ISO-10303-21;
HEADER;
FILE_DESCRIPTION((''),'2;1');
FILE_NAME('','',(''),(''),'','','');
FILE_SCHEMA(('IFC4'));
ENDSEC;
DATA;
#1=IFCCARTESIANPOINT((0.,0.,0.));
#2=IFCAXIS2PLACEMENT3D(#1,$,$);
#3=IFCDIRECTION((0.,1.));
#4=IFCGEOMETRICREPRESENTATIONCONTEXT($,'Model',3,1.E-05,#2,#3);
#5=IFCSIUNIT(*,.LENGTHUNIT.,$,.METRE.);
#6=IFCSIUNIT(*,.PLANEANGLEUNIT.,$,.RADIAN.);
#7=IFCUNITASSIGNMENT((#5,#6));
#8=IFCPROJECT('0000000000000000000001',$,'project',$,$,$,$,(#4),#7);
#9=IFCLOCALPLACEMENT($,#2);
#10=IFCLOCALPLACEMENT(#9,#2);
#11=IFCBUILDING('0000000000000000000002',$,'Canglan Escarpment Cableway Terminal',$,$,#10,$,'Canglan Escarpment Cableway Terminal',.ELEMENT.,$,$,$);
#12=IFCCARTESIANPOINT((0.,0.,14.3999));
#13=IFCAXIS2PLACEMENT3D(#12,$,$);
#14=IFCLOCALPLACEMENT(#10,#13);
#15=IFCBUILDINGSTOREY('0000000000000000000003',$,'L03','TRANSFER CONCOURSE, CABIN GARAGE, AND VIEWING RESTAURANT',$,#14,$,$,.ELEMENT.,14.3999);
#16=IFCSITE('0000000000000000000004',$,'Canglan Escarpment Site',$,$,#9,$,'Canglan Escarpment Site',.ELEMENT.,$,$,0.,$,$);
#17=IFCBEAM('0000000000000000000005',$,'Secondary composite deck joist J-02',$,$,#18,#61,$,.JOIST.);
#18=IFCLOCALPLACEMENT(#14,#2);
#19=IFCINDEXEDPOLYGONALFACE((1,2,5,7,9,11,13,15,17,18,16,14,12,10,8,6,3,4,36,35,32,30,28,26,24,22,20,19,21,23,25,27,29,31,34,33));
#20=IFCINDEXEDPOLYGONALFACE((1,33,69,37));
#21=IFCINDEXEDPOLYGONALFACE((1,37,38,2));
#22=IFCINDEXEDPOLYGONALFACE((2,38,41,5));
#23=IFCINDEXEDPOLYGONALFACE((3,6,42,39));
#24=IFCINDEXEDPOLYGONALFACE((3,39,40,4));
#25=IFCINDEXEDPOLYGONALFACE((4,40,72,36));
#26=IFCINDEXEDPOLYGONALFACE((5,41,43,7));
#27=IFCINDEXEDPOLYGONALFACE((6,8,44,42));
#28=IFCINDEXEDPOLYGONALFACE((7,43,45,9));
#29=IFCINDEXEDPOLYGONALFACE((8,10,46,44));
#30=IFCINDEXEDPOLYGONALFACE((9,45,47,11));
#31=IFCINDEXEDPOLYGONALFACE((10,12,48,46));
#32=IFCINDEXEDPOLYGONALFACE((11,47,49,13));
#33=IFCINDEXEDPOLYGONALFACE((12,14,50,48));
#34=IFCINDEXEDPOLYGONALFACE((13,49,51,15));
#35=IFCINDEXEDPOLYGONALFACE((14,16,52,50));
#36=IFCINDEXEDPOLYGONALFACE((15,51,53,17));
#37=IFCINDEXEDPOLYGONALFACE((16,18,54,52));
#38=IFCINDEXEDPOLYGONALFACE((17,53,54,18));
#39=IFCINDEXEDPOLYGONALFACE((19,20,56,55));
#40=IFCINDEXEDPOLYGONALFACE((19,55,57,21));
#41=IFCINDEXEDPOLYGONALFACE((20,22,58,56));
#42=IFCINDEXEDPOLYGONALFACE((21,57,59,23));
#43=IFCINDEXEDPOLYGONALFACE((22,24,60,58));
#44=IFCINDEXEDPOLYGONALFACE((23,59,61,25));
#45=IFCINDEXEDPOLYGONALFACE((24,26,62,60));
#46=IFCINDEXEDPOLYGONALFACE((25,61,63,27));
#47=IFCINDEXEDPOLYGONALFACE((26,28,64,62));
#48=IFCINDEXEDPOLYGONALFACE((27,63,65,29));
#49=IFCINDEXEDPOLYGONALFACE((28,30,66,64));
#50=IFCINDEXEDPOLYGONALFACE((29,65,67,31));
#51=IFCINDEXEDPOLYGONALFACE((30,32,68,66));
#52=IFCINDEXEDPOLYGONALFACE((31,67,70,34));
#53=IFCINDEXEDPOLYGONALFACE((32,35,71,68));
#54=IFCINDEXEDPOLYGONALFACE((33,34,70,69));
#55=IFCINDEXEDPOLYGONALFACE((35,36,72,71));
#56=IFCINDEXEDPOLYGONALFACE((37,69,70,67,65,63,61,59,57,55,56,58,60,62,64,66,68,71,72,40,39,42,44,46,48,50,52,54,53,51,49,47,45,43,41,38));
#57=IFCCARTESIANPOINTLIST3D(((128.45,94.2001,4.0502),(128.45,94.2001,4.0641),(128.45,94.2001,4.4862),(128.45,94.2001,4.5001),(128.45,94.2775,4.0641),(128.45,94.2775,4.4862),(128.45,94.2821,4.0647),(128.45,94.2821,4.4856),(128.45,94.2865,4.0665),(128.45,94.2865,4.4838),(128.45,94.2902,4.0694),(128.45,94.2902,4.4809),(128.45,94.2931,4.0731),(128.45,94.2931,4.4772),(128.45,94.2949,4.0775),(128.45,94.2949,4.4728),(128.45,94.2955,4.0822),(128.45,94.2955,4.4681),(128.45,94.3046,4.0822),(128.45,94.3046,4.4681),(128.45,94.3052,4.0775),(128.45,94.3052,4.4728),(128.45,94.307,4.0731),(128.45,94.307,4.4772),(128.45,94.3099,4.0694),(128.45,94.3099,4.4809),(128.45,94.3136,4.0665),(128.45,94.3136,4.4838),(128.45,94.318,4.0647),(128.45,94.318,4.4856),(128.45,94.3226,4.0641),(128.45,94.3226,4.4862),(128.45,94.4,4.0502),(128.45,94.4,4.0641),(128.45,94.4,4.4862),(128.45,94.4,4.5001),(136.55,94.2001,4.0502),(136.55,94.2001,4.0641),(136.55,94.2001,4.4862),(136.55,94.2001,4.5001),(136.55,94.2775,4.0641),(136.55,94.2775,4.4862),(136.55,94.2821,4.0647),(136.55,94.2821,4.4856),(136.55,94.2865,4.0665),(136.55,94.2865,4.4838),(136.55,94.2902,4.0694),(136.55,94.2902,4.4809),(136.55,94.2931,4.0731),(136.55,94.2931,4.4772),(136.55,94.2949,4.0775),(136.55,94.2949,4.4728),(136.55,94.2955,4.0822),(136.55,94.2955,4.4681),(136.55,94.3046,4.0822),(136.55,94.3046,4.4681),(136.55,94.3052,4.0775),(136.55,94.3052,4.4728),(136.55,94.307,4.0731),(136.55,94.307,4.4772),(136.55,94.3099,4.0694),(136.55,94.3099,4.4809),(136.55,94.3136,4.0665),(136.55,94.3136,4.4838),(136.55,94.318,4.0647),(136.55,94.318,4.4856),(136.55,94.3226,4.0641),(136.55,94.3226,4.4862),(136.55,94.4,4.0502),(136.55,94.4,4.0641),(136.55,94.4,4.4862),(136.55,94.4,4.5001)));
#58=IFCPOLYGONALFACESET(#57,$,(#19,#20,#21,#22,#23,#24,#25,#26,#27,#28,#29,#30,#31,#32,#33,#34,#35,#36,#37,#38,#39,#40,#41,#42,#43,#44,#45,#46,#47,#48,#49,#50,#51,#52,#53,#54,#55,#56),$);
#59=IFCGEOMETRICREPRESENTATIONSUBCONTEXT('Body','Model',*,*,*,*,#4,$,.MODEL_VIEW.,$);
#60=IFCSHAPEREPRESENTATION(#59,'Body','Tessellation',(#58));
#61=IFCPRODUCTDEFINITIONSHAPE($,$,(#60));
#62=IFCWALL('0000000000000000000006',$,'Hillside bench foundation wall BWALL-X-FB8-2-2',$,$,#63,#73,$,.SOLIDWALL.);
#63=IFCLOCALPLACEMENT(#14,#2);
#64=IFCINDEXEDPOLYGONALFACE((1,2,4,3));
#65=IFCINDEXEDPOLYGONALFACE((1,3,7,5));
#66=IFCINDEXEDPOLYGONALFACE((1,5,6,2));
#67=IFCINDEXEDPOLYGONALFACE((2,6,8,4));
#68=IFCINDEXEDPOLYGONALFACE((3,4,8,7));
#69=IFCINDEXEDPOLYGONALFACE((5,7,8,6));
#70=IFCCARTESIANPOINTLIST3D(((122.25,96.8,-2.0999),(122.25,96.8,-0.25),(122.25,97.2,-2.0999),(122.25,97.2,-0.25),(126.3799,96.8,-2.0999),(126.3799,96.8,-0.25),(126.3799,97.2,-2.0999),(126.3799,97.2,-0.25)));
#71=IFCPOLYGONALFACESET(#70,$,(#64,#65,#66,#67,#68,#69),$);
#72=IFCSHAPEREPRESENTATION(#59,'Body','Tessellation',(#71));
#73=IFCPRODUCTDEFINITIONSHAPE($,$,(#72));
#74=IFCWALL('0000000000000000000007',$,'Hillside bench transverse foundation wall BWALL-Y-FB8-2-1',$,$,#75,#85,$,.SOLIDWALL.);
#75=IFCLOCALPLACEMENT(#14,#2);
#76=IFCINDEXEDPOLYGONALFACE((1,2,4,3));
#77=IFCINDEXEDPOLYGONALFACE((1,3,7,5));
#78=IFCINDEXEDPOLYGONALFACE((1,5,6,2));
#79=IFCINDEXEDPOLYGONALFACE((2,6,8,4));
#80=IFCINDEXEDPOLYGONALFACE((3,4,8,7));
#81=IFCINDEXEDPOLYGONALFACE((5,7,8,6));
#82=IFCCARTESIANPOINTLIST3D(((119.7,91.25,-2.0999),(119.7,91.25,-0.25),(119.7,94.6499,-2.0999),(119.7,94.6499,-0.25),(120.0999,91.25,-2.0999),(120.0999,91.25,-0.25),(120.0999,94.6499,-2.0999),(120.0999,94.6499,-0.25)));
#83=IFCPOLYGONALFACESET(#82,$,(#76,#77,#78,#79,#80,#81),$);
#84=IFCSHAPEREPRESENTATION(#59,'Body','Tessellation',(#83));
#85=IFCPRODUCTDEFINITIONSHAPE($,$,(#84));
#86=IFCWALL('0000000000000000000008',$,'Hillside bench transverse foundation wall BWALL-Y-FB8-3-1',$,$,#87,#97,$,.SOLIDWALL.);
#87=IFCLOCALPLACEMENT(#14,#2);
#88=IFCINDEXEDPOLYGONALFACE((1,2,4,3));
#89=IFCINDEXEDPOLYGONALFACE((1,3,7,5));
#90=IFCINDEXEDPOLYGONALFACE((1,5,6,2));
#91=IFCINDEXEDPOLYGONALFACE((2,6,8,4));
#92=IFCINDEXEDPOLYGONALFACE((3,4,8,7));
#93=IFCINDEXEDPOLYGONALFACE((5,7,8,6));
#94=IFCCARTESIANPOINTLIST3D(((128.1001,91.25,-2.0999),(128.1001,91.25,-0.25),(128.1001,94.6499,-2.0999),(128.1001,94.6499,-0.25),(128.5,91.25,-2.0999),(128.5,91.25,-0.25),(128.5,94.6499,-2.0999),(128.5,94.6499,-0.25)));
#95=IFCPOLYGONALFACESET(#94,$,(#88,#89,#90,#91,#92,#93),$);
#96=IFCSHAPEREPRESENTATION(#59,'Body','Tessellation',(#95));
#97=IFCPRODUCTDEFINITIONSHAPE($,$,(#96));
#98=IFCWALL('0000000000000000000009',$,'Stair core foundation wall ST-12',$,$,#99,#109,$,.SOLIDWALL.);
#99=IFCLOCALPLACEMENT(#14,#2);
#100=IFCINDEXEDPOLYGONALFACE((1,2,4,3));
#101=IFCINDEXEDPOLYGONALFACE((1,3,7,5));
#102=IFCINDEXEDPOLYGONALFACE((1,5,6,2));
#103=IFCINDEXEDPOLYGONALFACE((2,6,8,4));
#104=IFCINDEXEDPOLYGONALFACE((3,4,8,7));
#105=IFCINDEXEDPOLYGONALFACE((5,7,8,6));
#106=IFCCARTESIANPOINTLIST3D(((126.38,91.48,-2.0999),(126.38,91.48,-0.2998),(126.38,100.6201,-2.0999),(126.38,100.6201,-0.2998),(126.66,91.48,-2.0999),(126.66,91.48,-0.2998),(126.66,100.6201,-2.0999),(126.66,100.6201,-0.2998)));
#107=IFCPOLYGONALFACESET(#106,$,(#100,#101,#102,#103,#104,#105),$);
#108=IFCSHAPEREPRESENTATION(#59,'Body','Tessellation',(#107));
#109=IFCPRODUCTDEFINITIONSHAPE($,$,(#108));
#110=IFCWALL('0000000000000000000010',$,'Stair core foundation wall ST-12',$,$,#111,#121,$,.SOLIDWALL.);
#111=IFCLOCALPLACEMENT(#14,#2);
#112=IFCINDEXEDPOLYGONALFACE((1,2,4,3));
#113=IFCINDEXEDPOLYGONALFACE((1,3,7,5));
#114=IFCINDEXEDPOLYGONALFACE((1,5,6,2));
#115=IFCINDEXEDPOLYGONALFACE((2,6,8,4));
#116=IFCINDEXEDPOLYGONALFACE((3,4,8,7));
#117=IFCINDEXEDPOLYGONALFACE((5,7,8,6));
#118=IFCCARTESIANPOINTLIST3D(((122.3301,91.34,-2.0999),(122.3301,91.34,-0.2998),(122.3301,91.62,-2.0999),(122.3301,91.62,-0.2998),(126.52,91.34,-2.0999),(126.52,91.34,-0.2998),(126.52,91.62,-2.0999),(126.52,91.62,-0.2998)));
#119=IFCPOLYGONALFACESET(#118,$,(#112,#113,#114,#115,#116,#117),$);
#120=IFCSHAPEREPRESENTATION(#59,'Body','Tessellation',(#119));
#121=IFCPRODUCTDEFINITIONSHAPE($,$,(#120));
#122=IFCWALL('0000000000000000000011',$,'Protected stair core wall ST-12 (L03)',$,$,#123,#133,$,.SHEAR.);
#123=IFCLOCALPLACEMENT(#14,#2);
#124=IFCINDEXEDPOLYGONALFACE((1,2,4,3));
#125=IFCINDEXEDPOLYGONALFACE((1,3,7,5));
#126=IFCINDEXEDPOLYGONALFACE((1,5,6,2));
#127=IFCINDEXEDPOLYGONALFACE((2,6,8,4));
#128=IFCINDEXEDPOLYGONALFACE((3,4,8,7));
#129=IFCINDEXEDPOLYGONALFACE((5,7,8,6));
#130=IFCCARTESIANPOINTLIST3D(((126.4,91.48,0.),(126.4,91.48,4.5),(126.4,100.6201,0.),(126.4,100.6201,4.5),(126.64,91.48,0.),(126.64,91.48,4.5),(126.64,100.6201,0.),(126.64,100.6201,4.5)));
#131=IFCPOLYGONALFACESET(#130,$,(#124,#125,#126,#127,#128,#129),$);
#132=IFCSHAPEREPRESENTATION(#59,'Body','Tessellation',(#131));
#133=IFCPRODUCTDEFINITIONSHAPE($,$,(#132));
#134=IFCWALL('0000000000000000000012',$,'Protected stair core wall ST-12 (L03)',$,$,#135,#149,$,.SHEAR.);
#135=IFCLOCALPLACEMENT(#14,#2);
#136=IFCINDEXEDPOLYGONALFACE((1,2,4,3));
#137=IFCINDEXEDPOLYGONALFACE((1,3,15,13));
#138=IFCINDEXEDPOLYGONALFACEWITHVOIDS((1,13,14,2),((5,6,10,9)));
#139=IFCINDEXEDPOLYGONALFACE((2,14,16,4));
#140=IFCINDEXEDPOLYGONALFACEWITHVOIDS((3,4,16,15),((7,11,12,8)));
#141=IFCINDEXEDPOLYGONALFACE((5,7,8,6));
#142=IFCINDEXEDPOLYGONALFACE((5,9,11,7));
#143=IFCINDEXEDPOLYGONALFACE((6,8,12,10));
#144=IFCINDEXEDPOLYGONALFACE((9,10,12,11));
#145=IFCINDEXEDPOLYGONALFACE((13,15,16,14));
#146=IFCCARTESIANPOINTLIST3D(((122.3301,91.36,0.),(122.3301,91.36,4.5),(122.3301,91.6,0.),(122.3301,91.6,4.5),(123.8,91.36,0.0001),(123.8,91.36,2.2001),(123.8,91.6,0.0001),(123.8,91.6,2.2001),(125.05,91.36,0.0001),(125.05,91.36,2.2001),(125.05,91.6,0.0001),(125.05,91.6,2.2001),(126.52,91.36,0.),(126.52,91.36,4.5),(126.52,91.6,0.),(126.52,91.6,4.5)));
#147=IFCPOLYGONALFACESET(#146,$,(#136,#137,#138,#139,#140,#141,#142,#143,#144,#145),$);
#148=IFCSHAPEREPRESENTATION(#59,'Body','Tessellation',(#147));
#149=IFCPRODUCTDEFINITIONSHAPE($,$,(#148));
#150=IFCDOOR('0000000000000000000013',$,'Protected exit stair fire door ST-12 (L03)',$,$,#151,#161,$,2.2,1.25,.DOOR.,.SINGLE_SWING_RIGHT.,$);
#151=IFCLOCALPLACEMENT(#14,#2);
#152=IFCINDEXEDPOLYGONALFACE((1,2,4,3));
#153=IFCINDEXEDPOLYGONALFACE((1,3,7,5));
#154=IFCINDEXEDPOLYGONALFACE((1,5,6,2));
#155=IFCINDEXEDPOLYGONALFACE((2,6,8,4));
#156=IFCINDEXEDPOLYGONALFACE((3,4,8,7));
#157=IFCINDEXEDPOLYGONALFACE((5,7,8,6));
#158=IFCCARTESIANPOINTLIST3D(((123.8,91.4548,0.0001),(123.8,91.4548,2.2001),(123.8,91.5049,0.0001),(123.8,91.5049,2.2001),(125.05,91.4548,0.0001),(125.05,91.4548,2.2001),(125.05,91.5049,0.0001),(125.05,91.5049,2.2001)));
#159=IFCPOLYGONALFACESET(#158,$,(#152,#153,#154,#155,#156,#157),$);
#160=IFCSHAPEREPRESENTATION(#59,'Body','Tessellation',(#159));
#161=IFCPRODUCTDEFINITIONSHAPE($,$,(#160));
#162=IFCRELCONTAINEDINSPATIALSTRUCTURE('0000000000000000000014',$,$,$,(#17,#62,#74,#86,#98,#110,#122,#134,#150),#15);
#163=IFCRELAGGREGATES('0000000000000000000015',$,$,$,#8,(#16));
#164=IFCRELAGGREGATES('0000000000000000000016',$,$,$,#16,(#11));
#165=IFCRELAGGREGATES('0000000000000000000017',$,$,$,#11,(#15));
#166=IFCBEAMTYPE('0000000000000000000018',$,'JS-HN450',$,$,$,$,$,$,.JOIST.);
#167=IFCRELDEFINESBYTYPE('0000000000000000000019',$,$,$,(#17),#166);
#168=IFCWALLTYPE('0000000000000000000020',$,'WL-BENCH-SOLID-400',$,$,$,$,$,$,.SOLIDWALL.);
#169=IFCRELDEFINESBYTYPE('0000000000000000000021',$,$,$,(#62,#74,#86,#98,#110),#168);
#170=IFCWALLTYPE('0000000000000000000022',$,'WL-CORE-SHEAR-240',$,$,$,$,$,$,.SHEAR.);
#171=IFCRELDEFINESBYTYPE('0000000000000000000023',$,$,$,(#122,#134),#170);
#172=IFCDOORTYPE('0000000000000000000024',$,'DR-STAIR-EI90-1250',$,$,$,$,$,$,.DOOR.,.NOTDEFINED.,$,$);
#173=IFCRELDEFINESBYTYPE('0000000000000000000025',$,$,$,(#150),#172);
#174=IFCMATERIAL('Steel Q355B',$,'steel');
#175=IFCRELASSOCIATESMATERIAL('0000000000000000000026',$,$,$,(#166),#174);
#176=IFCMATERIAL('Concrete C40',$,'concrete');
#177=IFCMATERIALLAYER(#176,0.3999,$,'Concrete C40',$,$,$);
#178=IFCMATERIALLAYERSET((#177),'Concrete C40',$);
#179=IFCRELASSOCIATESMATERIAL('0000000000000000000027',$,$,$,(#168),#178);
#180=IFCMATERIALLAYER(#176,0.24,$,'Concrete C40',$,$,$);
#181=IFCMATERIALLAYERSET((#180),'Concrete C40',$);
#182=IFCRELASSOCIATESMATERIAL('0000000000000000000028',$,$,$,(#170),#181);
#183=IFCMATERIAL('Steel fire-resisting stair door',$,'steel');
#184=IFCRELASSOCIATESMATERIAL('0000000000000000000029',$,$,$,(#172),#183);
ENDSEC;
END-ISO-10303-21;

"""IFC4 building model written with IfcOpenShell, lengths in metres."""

from ifc_helpers import new_model, si_unit, direction, frame, frame_2d, origin, origin_2d, place, context, subcontext, project, spatial, rectangle, i_section, extrude, material, layer, layer_set, material_profile, profile_set, type_object, element, fill, save


model = new_model("IFC4")

# Units and contexts
model_context = context("Model", 3, precision=1e-05, world=origin(), true_north=direction((0.0, 1.0)))
body_context = subcontext(model_context, "Body", "Model", "MODEL_VIEW")
ifc_project = project(units=[si_unit("LENGTHUNIT", "METRE"), si_unit("PLANEANGLEUNIT", "RADIAN")], contexts=[model_context])

# Site, building, storey
site_placement = place(None, origin())
site = spatial("IfcSite", under=ifc_project, at=site_placement, Name="Canglan Escarpment Site", LongName="Canglan Escarpment Site", CompositionType="ELEMENT", RefElevation=0.0)
building_placement = place(site_placement, origin())
building = spatial("IfcBuilding", under=site, at=building_placement, Name="Canglan Escarpment Cableway Terminal", LongName="Canglan Escarpment Cableway Terminal", CompositionType="ELEMENT")
storey_placement = place(building_placement, frame((0.0, 0.0, 14.3999)))
storey = spatial("IfcBuildingStorey", under=building, at=storey_placement, Name="L03", Description="TRANSFER CONCOURSE, CABIN GARAGE, AND VIEWING RESTAURANT", CompositionType="ELEMENT", Elevation=14.3999)

# Shared definitions
ifc_material_1 = material(Name="Concrete C40", Category="concrete")

# Beam
ifc_material_2 = material(Name="Steel Q355B", Category="steel")
ifc_material_profile_1 = material_profile(ifc_material_2, i_section(OverallWidth=0.2, OverallDepth=0.45, WebThickness=0.009, FlangeThickness=0.0139, FilletRadius=0.0181, at=origin_2d()), Name="HN 450x200x9x14")
ifc_profile_set_1 = profile_set([ifc_material_profile_1], Name="Steel Q355B")
beam_type_1 = type_object("IfcBeamType", Name="JS-HN450", PredefinedType="JOIST", material=ifc_profile_set_1)
beam_1_placement = place(storey_placement, frame((128.45, 94.3, 4.2751), z_axis=(1.0, 0.0, 0.0), x_axis=(0.0, 1.0, 0.0)))
element("IfcBeam", 1, at=beam_1_placement, inside=storey, type_object=beam_type_1, Name="Secondary composite deck joist J-02", PredefinedType="JOIST", context=body_context, shape_type="SweptSolid", body=[
    extrude(i_section(OverallWidth=0.2, OverallDepth=0.45, WebThickness=0.009, FlangeThickness=0.0139, FilletRadius=0.0181, at=origin_2d()), origin(), (0.0, 0.0, 1.0), 8.1001),
])

# Walls
ifc_layer_1 = layer(ifc_material_1, 0.3999, Name="Concrete C40")
ifc_layer_set_1 = layer_set([ifc_layer_1], Name="Concrete C40")
wall_type_1 = type_object("IfcWallType", Name="WL-BENCH-SOLID-400", PredefinedType="SOLIDWALL", material=ifc_layer_set_1)
wall_1_placement = place(storey_placement, frame((122.25, 97.0, -2.0999), z_axis=(0.0, 0.0, 1.0), x_axis=(1.0, 0.0, 0.0)))
element("IfcWall", 2, at=wall_1_placement, inside=storey, type_object=wall_type_1, Name="Hillside bench foundation wall BWALL-X-FB8-2-2", PredefinedType="SOLIDWALL", context=body_context, shape_type="SweptSolid", body=[
    extrude(rectangle(XDim=4.1299, YDim=0.3999, at=frame_2d((2.0649, 0.0))), origin(), (0.0, 0.0, 1.0), 1.8499),
])
for number, where, z_axis, x_axis, name in (
    (3, (119.8999, 91.25, -2.0999), (0.0, 0.0, 1.0), (0.0, 1.0, 0.0), "Hillside bench transverse foundation wall BWALL-Y-FB8-2-1"),
    (4, (128.3, 91.25, -2.0999), (0.0, 0.0, 1.0), (0.0, 1.0, 0.0), "Hillside bench transverse foundation wall BWALL-Y-FB8-3-1"),
):
    element("IfcWall", number, at=place(storey_placement, frame(where, z_axis=z_axis, x_axis=x_axis)), inside=storey, type_object=wall_type_1, Name=name, PredefinedType="SOLIDWALL", context=body_context, shape_type="SweptSolid", body=[
        extrude(rectangle(XDim=3.3999, YDim=0.3999, at=frame_2d((1.7, 0.0))), origin(), (0.0, 0.0, 1.0), 1.8499),
    ])
wall_2_placement = place(storey_placement, frame((126.52, 91.48, -2.0999), z_axis=(0.0, 0.0, 1.0), x_axis=(0.0, 1.0, 0.0)))
element("IfcWall", 5, at=wall_2_placement, inside=storey, type_object=wall_type_1, Name="Stair core foundation wall ST-12", PredefinedType="SOLIDWALL", context=body_context, shape_type="SweptSolid", body=[
    extrude(rectangle(XDim=9.1401, YDim=0.28, at=frame_2d((4.5701, 0.0))), origin(), (0.0, 0.0, 1.0), 1.8),
])
wall_3_placement = place(storey_placement, frame((122.3301, 91.48, -2.0999), z_axis=(0.0, 0.0, 1.0), x_axis=(1.0, 0.0, 0.0)))
element("IfcWall", 6, at=wall_3_placement, inside=storey, type_object=wall_type_1, Name="Stair core foundation wall ST-12", PredefinedType="SOLIDWALL", context=body_context, shape_type="SweptSolid", body=[
    extrude(rectangle(XDim=4.1899, YDim=0.28, at=frame_2d((2.095, 0.0))), origin(), (0.0, 0.0, 1.0), 1.8),
])
ifc_layer_2 = layer(ifc_material_1, 0.24, Name="Concrete C40")
ifc_layer_set_2 = layer_set([ifc_layer_2], Name="Concrete C40")
wall_type_2 = type_object("IfcWallType", Name="WL-CORE-SHEAR-240", PredefinedType="SHEAR", material=ifc_layer_set_2)
wall_4_placement = place(storey_placement, frame((126.52, 91.48, 0.0), z_axis=(0.0, 0.0, 1.0), x_axis=(0.0, 1.0, 0.0)))
element("IfcWall", 7, at=wall_4_placement, inside=storey, type_object=wall_type_2, Name="Protected stair core wall ST-12 (L03)", PredefinedType="SHEAR", context=body_context, shape_type="SweptSolid", body=[
    extrude(rectangle(XDim=9.1401, YDim=0.24, at=frame_2d((4.5701, 0.0))), origin(), (0.0, 0.0, 1.0), 4.5),
])

# Wall, opening, door
wall_5_placement = place(storey_placement, frame((122.3301, 91.48, 0.0), z_axis=(0.0, 0.0, 1.0), x_axis=(1.0, 0.0, 0.0)))
wall_5 = element("IfcWall", 8, at=wall_5_placement, inside=storey, type_object=wall_type_2, Name="Protected stair core wall ST-12 (L03)", PredefinedType="SHEAR", context=body_context, shape_type="SweptSolid", body=[
    extrude(rectangle(XDim=4.1899, YDim=0.24, at=frame_2d((2.095, 0.0))), origin(), (0.0, 0.0, 1.0), 4.5),
])
opening_1_placement = place(wall_5_placement, frame((1.47, 0.0, 0.0)))
opening_1 = element("IfcOpeningElement", 9, at=opening_1_placement, cuts=wall_5, PredefinedType="OPENING", context=body_context, shape_type="SweptSolid", body=[
    extrude(rectangle(XDim=1.25, YDim=2.2, at=frame_2d((0.625, 1.1001))), frame((0.0, 0.1299, 0.0), z_axis=(0.0, -1.0, 0.0), x_axis=(1.0, 0.0, 0.0)), (0.0, 0.0, 1.0), 0.26),
])
ifc_material_3 = material(Name="Steel fire-resisting stair door", Category="steel")
door_type_1 = type_object("IfcDoorType", Name="DR-STAIR-EI90-1250", OperationType="NOTDEFINED", PredefinedType="DOOR", material=ifc_material_3)
door_1_placement = place(opening_1_placement, origin())
door_1 = element("IfcDoor", 10, at=door_1_placement, inside=storey, type_object=door_type_1, Name="Protected exit stair fire door ST-12 (L03)", OperationType="SINGLE_SWING_RIGHT", OverallHeight=2.2, OverallWidth=1.25, PredefinedType="DOOR", context=body_context, shape_type="SweptSolid", body=[
    extrude(rectangle(XDim=1.25, YDim=2.2, at=frame_2d((0.625, 1.1001))), frame((0.0, 0.0249, 0.0), z_axis=(0.0, -1.0, 0.0), x_axis=(1.0, 0.0, 0.0)), (0.0, 0.0, 1.0), 0.05),
])
fill(opening_1, door_1)

save(model, "model.ifc")
